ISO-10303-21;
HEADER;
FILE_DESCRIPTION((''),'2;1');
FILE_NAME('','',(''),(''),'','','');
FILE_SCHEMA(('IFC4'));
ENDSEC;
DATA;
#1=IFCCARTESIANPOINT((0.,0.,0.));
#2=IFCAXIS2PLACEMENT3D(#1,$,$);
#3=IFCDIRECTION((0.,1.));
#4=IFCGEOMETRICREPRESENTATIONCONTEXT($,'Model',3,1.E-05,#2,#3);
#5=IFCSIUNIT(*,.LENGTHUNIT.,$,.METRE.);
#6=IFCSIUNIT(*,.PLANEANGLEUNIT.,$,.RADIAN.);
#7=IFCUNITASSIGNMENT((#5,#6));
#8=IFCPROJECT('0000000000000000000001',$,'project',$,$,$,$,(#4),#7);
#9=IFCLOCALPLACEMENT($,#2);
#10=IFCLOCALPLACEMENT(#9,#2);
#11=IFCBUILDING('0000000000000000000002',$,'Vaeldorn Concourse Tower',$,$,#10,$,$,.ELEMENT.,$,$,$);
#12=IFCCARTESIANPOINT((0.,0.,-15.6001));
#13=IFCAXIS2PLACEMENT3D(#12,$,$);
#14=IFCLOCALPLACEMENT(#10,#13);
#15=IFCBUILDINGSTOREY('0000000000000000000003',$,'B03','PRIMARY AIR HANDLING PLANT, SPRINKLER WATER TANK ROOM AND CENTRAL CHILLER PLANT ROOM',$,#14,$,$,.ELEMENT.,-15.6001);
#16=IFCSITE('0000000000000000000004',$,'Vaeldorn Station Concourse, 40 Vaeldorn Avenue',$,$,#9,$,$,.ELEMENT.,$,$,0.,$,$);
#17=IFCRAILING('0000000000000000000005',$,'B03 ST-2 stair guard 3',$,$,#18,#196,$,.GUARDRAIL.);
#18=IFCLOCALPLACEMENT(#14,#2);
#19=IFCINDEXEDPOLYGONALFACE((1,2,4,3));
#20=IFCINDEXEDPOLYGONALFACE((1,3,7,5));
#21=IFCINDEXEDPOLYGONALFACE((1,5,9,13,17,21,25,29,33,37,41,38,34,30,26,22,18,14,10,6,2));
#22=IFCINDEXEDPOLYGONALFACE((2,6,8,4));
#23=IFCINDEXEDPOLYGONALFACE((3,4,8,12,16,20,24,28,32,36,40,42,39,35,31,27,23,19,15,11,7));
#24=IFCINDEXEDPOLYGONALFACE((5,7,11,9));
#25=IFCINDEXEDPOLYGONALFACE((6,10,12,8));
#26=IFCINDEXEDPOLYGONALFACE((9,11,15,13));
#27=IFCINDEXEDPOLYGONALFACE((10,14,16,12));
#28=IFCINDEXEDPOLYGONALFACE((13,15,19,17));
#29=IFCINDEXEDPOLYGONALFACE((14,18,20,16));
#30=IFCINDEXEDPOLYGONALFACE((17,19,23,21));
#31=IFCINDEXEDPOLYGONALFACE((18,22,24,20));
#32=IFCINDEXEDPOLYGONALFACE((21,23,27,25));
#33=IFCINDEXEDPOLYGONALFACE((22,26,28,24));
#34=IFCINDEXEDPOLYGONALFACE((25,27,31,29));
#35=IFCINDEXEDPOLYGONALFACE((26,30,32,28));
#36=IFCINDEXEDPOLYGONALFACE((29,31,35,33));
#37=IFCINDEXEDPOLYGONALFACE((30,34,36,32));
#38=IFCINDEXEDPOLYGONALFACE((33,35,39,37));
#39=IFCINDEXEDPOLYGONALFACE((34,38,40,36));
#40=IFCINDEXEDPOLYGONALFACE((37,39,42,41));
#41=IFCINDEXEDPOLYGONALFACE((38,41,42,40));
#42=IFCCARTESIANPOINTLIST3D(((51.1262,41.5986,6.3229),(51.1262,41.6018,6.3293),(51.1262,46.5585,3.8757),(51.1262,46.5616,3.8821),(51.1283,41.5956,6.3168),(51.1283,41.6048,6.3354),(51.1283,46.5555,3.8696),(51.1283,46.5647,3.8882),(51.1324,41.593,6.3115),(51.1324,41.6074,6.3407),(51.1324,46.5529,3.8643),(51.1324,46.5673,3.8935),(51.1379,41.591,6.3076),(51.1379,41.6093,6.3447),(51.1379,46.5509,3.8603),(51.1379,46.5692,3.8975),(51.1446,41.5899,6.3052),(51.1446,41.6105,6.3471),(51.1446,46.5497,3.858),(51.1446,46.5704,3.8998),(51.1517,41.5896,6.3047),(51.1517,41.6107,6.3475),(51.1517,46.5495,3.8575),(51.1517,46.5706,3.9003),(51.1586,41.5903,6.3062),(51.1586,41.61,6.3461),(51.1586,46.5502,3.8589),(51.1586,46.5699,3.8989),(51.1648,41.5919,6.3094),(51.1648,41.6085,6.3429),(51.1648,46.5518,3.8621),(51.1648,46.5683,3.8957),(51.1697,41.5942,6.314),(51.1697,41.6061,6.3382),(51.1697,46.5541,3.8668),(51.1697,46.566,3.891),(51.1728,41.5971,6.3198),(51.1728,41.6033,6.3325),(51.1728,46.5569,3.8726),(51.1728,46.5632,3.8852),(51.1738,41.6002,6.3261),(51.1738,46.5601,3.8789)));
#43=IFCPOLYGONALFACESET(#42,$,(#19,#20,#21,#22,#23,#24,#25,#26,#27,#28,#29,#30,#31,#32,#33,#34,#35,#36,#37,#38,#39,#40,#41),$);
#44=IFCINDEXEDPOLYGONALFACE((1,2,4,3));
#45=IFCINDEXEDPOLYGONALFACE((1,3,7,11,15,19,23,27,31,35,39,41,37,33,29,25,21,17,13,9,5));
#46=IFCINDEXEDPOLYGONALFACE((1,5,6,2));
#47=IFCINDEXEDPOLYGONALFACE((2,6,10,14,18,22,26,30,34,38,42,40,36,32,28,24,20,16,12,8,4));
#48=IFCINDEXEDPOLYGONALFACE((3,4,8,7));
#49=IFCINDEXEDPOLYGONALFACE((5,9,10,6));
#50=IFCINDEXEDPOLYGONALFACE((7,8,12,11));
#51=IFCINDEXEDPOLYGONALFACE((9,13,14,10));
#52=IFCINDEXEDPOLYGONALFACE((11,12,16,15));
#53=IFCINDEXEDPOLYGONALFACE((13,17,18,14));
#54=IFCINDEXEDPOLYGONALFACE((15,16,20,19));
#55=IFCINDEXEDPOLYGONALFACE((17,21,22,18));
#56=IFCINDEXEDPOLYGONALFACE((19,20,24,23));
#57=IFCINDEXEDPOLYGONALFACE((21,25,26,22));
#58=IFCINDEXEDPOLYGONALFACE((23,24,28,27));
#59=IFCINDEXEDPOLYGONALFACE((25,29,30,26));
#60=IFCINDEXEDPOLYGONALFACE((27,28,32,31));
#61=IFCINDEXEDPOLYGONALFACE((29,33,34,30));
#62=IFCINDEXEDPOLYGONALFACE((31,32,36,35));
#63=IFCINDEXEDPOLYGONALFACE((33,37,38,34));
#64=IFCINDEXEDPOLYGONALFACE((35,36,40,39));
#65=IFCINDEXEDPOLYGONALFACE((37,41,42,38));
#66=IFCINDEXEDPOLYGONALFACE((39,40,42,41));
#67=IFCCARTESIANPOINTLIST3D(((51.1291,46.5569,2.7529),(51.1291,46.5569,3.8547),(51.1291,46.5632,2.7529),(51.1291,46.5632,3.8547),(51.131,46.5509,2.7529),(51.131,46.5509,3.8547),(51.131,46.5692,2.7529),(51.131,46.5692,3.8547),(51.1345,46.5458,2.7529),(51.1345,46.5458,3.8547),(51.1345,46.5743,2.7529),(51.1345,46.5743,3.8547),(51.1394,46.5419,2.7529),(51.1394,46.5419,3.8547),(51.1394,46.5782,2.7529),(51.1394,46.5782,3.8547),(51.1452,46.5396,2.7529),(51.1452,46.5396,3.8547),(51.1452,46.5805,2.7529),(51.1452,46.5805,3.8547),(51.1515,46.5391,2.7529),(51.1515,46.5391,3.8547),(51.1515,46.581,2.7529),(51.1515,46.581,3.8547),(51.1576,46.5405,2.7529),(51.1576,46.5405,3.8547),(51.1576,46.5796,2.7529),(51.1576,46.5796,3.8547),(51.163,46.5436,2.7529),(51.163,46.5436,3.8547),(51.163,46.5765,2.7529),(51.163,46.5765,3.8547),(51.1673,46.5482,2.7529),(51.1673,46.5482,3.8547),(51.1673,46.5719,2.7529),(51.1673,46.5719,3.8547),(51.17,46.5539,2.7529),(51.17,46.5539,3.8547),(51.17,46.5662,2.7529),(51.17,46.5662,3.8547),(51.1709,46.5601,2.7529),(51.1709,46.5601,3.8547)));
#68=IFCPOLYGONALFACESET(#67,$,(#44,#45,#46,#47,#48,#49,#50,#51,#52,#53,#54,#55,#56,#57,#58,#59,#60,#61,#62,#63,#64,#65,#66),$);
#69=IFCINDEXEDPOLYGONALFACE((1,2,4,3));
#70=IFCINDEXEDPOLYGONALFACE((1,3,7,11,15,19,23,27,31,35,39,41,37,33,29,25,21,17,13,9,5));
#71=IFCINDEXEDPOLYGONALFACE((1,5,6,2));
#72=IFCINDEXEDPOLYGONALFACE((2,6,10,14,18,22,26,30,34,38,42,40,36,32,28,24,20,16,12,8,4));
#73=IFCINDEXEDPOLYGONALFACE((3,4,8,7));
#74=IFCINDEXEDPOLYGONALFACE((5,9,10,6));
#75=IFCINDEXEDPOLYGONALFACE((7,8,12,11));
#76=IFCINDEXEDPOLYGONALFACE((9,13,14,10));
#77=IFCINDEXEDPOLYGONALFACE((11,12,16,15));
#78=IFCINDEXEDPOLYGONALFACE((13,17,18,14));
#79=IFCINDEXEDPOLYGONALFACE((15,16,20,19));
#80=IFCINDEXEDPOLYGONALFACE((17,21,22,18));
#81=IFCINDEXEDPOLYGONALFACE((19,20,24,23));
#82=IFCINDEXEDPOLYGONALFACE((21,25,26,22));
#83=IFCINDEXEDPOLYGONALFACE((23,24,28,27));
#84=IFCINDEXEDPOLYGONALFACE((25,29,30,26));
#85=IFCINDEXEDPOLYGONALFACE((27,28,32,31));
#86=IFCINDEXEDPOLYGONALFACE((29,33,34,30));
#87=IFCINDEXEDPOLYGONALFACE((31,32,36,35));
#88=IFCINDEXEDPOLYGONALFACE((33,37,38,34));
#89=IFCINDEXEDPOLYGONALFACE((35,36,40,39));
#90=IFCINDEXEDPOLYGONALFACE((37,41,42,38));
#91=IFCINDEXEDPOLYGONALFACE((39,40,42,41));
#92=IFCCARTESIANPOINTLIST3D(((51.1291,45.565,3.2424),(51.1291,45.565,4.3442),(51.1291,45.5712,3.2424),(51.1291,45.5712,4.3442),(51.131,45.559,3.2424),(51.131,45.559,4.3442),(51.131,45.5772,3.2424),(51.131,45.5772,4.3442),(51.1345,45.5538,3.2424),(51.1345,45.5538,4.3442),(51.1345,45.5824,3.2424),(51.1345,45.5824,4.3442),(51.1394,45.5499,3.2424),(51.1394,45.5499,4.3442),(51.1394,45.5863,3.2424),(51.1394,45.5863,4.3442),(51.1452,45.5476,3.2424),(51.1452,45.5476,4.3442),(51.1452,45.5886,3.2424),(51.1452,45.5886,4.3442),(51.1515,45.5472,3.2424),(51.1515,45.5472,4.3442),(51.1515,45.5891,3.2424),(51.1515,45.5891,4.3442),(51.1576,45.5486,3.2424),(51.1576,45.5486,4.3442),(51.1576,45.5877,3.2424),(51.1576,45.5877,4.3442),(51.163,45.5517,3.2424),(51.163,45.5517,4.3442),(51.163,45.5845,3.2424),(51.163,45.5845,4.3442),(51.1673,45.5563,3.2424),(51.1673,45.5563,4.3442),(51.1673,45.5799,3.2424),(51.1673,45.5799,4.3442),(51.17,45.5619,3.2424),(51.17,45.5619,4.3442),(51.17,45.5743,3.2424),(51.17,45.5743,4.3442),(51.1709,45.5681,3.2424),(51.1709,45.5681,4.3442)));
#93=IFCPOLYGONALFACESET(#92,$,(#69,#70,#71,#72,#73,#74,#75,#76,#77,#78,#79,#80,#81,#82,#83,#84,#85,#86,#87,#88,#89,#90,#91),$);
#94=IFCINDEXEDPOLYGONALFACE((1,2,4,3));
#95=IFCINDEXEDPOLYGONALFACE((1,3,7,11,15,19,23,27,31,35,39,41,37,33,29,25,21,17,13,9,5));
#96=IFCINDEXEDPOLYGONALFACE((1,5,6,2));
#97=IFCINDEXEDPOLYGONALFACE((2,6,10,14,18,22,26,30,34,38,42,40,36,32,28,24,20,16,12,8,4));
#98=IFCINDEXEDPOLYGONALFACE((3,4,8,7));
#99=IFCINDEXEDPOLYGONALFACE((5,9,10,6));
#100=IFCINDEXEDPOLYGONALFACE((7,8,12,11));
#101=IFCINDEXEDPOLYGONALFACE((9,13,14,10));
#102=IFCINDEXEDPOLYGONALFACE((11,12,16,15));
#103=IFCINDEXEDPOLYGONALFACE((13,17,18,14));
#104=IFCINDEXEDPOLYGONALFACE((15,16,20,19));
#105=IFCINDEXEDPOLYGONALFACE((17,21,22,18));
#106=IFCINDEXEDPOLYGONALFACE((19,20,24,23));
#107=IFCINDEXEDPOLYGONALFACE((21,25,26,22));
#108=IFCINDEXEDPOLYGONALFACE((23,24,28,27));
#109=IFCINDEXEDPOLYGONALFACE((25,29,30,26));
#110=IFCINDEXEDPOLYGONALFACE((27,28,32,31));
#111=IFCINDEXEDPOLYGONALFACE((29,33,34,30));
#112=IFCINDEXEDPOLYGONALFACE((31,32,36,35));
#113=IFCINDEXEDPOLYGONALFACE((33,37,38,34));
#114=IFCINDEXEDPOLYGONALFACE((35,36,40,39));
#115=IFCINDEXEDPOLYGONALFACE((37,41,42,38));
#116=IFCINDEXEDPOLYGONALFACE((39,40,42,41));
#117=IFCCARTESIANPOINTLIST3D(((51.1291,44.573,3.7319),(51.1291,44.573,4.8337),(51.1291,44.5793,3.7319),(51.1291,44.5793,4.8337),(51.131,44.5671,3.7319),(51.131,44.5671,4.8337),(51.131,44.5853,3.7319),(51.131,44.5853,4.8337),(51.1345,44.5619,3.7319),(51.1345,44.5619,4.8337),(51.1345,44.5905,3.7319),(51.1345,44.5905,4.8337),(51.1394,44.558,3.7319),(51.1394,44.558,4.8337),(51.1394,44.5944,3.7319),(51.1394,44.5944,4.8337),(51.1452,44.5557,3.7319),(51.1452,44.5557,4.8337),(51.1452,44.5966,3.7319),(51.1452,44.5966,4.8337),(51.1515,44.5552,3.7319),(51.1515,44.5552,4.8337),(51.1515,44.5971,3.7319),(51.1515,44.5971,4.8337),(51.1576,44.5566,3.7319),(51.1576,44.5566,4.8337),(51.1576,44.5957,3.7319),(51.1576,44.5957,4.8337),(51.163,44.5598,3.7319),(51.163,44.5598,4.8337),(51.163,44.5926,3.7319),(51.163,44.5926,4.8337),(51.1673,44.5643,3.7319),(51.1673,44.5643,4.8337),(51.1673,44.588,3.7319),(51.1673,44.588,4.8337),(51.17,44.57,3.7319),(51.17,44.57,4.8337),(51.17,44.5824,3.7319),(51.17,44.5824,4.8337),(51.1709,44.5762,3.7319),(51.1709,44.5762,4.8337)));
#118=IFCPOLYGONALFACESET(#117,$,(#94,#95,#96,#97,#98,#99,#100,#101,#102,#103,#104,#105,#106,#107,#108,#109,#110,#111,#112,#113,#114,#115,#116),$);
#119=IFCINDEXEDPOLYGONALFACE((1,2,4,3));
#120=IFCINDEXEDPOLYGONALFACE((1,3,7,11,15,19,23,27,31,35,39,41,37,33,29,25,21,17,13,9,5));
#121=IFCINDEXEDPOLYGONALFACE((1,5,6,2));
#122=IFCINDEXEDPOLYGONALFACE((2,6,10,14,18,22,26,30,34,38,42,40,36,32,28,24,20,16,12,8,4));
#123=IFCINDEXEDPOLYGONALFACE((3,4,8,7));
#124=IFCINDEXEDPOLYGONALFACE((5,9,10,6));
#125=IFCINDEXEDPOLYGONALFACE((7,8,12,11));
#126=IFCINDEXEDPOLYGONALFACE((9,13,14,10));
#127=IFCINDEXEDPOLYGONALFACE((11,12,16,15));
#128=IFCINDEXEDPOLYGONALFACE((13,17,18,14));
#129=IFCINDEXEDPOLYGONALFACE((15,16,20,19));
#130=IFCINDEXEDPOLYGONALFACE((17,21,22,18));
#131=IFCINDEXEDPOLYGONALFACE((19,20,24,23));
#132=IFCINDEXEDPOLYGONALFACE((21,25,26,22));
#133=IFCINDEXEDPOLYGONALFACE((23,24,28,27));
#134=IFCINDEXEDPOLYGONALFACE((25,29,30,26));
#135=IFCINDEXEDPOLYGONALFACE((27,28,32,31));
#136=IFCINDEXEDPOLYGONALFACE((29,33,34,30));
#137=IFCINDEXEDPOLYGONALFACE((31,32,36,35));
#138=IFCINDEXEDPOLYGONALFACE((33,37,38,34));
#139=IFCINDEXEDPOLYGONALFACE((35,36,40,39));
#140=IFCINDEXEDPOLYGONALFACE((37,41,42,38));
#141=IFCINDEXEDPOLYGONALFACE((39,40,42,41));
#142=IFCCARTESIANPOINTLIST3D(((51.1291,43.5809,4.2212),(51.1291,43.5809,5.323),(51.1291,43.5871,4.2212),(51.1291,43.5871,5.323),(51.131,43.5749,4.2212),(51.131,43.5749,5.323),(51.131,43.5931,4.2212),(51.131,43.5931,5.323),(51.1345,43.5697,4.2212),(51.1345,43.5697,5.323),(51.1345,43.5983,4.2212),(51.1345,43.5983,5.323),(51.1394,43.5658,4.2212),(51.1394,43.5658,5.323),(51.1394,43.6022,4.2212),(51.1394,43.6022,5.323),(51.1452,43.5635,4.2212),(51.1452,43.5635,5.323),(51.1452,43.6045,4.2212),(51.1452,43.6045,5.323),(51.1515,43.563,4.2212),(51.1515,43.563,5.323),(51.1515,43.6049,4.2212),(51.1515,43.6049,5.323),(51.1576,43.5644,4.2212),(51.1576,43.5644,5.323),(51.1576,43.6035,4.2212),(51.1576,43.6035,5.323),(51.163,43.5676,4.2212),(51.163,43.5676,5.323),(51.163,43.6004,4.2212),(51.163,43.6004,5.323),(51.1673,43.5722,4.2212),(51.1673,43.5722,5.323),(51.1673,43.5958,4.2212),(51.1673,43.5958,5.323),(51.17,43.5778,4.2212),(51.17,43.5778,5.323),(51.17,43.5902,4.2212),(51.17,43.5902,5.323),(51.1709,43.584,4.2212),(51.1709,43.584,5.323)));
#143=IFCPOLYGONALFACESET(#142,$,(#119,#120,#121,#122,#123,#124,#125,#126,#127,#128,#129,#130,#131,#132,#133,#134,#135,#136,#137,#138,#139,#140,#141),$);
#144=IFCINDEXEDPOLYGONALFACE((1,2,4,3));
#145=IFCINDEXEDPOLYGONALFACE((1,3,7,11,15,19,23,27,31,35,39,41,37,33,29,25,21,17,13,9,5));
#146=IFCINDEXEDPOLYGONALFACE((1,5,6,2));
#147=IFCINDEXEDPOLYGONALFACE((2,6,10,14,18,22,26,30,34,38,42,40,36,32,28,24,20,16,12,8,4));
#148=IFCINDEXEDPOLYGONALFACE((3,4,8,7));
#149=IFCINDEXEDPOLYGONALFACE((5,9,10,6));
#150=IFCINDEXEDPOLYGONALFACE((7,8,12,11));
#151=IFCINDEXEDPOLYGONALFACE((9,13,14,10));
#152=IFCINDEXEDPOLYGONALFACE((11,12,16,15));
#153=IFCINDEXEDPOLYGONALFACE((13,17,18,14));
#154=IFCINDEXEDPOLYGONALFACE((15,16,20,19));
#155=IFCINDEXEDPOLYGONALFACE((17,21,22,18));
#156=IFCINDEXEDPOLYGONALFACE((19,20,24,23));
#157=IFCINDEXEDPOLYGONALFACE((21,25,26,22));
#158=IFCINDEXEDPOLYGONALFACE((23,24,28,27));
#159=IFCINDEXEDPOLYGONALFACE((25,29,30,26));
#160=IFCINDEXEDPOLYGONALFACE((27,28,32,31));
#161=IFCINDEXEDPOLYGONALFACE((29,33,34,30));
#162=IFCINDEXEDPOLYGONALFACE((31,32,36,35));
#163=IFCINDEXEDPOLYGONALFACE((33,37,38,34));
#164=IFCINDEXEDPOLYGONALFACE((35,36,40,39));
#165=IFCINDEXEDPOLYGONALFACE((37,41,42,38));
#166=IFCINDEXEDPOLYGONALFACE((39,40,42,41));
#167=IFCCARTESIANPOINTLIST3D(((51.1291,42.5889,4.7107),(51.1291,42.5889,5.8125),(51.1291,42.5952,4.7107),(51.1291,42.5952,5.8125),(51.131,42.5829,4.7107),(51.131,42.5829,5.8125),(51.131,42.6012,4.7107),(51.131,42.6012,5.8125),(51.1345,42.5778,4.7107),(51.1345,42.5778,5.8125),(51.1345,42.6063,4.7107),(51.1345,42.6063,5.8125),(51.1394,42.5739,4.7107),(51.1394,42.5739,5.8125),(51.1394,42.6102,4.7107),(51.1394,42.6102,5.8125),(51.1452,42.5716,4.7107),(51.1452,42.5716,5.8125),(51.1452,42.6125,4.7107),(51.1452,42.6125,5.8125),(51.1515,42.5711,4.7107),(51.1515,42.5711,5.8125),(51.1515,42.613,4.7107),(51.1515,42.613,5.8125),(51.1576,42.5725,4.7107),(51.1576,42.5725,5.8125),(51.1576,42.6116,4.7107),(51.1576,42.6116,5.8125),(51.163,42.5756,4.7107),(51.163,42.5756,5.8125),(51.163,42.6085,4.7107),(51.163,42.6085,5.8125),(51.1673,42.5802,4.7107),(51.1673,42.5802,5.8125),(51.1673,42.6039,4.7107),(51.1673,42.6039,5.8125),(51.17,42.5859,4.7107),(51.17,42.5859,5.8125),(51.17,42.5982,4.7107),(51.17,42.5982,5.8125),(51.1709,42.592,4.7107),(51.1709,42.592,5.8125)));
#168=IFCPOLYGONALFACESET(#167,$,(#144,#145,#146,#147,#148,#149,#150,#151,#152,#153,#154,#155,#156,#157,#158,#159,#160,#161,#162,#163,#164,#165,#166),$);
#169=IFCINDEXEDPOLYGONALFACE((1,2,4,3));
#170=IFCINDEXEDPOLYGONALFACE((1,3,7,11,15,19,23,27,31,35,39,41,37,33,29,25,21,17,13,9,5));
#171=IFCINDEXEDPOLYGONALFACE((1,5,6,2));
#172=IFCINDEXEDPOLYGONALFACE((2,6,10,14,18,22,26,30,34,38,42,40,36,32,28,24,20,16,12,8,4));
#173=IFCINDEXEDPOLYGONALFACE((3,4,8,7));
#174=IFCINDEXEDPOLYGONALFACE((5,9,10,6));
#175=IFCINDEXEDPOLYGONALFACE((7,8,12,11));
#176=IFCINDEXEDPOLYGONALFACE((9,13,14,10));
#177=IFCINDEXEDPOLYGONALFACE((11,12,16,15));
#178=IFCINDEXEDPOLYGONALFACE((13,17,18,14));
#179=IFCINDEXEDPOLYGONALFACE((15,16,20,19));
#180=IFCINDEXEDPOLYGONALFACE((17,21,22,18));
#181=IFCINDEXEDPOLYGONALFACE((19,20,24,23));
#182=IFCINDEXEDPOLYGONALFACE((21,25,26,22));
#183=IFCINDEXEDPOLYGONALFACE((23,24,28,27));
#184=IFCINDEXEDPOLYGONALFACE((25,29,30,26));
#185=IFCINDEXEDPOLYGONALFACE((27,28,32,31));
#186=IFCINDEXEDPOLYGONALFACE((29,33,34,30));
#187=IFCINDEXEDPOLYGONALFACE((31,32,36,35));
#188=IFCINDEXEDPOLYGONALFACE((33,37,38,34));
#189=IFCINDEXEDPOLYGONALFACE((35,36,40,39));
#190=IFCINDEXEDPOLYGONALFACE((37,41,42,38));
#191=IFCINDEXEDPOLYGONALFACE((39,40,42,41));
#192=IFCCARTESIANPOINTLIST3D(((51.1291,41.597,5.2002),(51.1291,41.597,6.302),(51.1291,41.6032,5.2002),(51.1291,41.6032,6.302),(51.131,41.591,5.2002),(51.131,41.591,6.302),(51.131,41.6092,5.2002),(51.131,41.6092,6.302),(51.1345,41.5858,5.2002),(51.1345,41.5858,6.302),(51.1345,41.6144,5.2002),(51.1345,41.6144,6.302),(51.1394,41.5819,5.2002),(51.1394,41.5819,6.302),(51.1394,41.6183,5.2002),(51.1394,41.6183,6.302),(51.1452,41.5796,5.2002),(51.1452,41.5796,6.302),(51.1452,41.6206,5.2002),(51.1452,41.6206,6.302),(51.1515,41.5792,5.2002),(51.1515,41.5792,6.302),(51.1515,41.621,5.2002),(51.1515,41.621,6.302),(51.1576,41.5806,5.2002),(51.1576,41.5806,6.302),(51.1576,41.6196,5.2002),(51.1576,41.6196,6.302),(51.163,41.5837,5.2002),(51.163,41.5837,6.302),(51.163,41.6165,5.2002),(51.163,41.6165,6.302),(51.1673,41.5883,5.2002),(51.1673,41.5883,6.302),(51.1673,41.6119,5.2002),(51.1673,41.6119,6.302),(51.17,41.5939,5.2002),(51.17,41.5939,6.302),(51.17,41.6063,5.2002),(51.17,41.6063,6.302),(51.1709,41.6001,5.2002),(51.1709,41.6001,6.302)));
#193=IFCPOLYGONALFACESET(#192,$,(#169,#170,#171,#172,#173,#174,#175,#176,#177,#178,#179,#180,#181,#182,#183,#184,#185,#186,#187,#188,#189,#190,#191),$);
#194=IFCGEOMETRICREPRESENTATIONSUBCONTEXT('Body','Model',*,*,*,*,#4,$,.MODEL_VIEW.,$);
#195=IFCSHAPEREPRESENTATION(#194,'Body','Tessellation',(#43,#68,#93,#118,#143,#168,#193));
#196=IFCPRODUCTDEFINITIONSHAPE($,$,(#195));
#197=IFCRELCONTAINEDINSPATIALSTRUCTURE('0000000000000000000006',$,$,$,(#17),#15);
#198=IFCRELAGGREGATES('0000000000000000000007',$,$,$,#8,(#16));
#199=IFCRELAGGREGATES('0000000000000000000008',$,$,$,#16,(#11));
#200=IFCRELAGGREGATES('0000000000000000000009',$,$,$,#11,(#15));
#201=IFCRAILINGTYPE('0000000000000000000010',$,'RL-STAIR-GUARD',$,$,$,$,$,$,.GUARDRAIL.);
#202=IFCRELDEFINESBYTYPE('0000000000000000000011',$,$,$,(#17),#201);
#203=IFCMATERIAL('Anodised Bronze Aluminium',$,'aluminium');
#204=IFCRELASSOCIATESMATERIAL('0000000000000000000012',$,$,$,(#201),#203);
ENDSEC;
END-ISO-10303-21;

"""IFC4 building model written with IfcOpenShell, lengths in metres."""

from ifc_helpers import new_model, si_unit, direction, frame, origin, origin_2d, place, context, subcontext, project, spatial, circle, extrude, material, type_object, element, save


model = new_model("IFC4")

# Units and contexts
model_context = context("Model", 3, precision=1e-05, world=origin(), true_north=direction((0.0, 1.0)))
body_context = subcontext(model_context, "Body", "Model", "MODEL_VIEW")
ifc_project = project(units=[si_unit("LENGTHUNIT", "METRE"), si_unit("PLANEANGLEUNIT", "RADIAN")], contexts=[model_context])

# Site, building, storey
site_placement = place(None, origin())
site = spatial("IfcSite", under=ifc_project, at=site_placement, Name="Vaeldorn Station Concourse, 40 Vaeldorn Avenue", CompositionType="ELEMENT", RefElevation=0.0)
building_placement = place(site_placement, origin())
building = spatial("IfcBuilding", under=site, at=building_placement, Name="Vaeldorn Concourse Tower", CompositionType="ELEMENT")
storey_placement = place(building_placement, frame((0.0, 0.0, -15.6001)))
storey = spatial("IfcBuildingStorey", under=building, at=storey_placement, Name="B03", Description="PRIMARY AIR HANDLING PLANT, SPRINKLER WATER TANK ROOM AND CENTRAL CHILLER PLANT ROOM", CompositionType="ELEMENT", Elevation=-15.6001)

# Shared definitions
ifc_material_1 = material(Name="Anodised Bronze Aluminium", Category="aluminium")

# Railing
railing_type_1 = type_object("IfcRailingType", Name="RL-STAIR-GUARD", PredefinedType="GUARDRAIL", material=ifc_material_1)
railing_1_placement = place(storey_placement, frame((51.1499, 46.5601, 2.7529)))
element("IfcRailing", 1, at=railing_1_placement, inside=storey, type_object=railing_type_1, Name="B03 ST-2 stair guard 3", PredefinedType="GUARDRAIL", context=body_context, shape_type="SweptSolid", body=[
    extrude(circle(Radius=0.0239, at=origin_2d()), frame((0.0, 0.0, 1.126), z_axis=(0.0, -0.896781, 0.442475), x_axis=(1.0, 0.0, 0.0)), (0.0, 0.0, 1.0), 5.5308),
    extrude(circle(Radius=0.021, at=origin_2d()), origin(), (0.0, 0.0, 1.0), 1.1018),
    extrude(circle(Radius=0.021, at=origin_2d()), frame((0.0, -0.9919, 0.4895)), (0.0, 0.0, 1.0), 1.1018),
    extrude(circle(Radius=0.021, at=origin_2d()), frame((0.0, -1.9839, 0.979)), (0.0, 0.0, 1.0), 1.1018),
    extrude(circle(Radius=0.021, at=origin_2d()), frame((0.0, -2.9761, 1.4683)), (0.0, 0.0, 1.0), 1.1018),
    extrude(circle(Radius=0.021, at=origin_2d()), frame((0.0, -3.968, 1.9578)), (0.0, 0.0, 1.0), 1.1018),
    extrude(circle(Radius=0.021, at=origin_2d()), frame((0.0, -4.96, 2.4473)), (0.0, 0.0, 1.0), 1.1018),
])

save(model, "model.ifc")
